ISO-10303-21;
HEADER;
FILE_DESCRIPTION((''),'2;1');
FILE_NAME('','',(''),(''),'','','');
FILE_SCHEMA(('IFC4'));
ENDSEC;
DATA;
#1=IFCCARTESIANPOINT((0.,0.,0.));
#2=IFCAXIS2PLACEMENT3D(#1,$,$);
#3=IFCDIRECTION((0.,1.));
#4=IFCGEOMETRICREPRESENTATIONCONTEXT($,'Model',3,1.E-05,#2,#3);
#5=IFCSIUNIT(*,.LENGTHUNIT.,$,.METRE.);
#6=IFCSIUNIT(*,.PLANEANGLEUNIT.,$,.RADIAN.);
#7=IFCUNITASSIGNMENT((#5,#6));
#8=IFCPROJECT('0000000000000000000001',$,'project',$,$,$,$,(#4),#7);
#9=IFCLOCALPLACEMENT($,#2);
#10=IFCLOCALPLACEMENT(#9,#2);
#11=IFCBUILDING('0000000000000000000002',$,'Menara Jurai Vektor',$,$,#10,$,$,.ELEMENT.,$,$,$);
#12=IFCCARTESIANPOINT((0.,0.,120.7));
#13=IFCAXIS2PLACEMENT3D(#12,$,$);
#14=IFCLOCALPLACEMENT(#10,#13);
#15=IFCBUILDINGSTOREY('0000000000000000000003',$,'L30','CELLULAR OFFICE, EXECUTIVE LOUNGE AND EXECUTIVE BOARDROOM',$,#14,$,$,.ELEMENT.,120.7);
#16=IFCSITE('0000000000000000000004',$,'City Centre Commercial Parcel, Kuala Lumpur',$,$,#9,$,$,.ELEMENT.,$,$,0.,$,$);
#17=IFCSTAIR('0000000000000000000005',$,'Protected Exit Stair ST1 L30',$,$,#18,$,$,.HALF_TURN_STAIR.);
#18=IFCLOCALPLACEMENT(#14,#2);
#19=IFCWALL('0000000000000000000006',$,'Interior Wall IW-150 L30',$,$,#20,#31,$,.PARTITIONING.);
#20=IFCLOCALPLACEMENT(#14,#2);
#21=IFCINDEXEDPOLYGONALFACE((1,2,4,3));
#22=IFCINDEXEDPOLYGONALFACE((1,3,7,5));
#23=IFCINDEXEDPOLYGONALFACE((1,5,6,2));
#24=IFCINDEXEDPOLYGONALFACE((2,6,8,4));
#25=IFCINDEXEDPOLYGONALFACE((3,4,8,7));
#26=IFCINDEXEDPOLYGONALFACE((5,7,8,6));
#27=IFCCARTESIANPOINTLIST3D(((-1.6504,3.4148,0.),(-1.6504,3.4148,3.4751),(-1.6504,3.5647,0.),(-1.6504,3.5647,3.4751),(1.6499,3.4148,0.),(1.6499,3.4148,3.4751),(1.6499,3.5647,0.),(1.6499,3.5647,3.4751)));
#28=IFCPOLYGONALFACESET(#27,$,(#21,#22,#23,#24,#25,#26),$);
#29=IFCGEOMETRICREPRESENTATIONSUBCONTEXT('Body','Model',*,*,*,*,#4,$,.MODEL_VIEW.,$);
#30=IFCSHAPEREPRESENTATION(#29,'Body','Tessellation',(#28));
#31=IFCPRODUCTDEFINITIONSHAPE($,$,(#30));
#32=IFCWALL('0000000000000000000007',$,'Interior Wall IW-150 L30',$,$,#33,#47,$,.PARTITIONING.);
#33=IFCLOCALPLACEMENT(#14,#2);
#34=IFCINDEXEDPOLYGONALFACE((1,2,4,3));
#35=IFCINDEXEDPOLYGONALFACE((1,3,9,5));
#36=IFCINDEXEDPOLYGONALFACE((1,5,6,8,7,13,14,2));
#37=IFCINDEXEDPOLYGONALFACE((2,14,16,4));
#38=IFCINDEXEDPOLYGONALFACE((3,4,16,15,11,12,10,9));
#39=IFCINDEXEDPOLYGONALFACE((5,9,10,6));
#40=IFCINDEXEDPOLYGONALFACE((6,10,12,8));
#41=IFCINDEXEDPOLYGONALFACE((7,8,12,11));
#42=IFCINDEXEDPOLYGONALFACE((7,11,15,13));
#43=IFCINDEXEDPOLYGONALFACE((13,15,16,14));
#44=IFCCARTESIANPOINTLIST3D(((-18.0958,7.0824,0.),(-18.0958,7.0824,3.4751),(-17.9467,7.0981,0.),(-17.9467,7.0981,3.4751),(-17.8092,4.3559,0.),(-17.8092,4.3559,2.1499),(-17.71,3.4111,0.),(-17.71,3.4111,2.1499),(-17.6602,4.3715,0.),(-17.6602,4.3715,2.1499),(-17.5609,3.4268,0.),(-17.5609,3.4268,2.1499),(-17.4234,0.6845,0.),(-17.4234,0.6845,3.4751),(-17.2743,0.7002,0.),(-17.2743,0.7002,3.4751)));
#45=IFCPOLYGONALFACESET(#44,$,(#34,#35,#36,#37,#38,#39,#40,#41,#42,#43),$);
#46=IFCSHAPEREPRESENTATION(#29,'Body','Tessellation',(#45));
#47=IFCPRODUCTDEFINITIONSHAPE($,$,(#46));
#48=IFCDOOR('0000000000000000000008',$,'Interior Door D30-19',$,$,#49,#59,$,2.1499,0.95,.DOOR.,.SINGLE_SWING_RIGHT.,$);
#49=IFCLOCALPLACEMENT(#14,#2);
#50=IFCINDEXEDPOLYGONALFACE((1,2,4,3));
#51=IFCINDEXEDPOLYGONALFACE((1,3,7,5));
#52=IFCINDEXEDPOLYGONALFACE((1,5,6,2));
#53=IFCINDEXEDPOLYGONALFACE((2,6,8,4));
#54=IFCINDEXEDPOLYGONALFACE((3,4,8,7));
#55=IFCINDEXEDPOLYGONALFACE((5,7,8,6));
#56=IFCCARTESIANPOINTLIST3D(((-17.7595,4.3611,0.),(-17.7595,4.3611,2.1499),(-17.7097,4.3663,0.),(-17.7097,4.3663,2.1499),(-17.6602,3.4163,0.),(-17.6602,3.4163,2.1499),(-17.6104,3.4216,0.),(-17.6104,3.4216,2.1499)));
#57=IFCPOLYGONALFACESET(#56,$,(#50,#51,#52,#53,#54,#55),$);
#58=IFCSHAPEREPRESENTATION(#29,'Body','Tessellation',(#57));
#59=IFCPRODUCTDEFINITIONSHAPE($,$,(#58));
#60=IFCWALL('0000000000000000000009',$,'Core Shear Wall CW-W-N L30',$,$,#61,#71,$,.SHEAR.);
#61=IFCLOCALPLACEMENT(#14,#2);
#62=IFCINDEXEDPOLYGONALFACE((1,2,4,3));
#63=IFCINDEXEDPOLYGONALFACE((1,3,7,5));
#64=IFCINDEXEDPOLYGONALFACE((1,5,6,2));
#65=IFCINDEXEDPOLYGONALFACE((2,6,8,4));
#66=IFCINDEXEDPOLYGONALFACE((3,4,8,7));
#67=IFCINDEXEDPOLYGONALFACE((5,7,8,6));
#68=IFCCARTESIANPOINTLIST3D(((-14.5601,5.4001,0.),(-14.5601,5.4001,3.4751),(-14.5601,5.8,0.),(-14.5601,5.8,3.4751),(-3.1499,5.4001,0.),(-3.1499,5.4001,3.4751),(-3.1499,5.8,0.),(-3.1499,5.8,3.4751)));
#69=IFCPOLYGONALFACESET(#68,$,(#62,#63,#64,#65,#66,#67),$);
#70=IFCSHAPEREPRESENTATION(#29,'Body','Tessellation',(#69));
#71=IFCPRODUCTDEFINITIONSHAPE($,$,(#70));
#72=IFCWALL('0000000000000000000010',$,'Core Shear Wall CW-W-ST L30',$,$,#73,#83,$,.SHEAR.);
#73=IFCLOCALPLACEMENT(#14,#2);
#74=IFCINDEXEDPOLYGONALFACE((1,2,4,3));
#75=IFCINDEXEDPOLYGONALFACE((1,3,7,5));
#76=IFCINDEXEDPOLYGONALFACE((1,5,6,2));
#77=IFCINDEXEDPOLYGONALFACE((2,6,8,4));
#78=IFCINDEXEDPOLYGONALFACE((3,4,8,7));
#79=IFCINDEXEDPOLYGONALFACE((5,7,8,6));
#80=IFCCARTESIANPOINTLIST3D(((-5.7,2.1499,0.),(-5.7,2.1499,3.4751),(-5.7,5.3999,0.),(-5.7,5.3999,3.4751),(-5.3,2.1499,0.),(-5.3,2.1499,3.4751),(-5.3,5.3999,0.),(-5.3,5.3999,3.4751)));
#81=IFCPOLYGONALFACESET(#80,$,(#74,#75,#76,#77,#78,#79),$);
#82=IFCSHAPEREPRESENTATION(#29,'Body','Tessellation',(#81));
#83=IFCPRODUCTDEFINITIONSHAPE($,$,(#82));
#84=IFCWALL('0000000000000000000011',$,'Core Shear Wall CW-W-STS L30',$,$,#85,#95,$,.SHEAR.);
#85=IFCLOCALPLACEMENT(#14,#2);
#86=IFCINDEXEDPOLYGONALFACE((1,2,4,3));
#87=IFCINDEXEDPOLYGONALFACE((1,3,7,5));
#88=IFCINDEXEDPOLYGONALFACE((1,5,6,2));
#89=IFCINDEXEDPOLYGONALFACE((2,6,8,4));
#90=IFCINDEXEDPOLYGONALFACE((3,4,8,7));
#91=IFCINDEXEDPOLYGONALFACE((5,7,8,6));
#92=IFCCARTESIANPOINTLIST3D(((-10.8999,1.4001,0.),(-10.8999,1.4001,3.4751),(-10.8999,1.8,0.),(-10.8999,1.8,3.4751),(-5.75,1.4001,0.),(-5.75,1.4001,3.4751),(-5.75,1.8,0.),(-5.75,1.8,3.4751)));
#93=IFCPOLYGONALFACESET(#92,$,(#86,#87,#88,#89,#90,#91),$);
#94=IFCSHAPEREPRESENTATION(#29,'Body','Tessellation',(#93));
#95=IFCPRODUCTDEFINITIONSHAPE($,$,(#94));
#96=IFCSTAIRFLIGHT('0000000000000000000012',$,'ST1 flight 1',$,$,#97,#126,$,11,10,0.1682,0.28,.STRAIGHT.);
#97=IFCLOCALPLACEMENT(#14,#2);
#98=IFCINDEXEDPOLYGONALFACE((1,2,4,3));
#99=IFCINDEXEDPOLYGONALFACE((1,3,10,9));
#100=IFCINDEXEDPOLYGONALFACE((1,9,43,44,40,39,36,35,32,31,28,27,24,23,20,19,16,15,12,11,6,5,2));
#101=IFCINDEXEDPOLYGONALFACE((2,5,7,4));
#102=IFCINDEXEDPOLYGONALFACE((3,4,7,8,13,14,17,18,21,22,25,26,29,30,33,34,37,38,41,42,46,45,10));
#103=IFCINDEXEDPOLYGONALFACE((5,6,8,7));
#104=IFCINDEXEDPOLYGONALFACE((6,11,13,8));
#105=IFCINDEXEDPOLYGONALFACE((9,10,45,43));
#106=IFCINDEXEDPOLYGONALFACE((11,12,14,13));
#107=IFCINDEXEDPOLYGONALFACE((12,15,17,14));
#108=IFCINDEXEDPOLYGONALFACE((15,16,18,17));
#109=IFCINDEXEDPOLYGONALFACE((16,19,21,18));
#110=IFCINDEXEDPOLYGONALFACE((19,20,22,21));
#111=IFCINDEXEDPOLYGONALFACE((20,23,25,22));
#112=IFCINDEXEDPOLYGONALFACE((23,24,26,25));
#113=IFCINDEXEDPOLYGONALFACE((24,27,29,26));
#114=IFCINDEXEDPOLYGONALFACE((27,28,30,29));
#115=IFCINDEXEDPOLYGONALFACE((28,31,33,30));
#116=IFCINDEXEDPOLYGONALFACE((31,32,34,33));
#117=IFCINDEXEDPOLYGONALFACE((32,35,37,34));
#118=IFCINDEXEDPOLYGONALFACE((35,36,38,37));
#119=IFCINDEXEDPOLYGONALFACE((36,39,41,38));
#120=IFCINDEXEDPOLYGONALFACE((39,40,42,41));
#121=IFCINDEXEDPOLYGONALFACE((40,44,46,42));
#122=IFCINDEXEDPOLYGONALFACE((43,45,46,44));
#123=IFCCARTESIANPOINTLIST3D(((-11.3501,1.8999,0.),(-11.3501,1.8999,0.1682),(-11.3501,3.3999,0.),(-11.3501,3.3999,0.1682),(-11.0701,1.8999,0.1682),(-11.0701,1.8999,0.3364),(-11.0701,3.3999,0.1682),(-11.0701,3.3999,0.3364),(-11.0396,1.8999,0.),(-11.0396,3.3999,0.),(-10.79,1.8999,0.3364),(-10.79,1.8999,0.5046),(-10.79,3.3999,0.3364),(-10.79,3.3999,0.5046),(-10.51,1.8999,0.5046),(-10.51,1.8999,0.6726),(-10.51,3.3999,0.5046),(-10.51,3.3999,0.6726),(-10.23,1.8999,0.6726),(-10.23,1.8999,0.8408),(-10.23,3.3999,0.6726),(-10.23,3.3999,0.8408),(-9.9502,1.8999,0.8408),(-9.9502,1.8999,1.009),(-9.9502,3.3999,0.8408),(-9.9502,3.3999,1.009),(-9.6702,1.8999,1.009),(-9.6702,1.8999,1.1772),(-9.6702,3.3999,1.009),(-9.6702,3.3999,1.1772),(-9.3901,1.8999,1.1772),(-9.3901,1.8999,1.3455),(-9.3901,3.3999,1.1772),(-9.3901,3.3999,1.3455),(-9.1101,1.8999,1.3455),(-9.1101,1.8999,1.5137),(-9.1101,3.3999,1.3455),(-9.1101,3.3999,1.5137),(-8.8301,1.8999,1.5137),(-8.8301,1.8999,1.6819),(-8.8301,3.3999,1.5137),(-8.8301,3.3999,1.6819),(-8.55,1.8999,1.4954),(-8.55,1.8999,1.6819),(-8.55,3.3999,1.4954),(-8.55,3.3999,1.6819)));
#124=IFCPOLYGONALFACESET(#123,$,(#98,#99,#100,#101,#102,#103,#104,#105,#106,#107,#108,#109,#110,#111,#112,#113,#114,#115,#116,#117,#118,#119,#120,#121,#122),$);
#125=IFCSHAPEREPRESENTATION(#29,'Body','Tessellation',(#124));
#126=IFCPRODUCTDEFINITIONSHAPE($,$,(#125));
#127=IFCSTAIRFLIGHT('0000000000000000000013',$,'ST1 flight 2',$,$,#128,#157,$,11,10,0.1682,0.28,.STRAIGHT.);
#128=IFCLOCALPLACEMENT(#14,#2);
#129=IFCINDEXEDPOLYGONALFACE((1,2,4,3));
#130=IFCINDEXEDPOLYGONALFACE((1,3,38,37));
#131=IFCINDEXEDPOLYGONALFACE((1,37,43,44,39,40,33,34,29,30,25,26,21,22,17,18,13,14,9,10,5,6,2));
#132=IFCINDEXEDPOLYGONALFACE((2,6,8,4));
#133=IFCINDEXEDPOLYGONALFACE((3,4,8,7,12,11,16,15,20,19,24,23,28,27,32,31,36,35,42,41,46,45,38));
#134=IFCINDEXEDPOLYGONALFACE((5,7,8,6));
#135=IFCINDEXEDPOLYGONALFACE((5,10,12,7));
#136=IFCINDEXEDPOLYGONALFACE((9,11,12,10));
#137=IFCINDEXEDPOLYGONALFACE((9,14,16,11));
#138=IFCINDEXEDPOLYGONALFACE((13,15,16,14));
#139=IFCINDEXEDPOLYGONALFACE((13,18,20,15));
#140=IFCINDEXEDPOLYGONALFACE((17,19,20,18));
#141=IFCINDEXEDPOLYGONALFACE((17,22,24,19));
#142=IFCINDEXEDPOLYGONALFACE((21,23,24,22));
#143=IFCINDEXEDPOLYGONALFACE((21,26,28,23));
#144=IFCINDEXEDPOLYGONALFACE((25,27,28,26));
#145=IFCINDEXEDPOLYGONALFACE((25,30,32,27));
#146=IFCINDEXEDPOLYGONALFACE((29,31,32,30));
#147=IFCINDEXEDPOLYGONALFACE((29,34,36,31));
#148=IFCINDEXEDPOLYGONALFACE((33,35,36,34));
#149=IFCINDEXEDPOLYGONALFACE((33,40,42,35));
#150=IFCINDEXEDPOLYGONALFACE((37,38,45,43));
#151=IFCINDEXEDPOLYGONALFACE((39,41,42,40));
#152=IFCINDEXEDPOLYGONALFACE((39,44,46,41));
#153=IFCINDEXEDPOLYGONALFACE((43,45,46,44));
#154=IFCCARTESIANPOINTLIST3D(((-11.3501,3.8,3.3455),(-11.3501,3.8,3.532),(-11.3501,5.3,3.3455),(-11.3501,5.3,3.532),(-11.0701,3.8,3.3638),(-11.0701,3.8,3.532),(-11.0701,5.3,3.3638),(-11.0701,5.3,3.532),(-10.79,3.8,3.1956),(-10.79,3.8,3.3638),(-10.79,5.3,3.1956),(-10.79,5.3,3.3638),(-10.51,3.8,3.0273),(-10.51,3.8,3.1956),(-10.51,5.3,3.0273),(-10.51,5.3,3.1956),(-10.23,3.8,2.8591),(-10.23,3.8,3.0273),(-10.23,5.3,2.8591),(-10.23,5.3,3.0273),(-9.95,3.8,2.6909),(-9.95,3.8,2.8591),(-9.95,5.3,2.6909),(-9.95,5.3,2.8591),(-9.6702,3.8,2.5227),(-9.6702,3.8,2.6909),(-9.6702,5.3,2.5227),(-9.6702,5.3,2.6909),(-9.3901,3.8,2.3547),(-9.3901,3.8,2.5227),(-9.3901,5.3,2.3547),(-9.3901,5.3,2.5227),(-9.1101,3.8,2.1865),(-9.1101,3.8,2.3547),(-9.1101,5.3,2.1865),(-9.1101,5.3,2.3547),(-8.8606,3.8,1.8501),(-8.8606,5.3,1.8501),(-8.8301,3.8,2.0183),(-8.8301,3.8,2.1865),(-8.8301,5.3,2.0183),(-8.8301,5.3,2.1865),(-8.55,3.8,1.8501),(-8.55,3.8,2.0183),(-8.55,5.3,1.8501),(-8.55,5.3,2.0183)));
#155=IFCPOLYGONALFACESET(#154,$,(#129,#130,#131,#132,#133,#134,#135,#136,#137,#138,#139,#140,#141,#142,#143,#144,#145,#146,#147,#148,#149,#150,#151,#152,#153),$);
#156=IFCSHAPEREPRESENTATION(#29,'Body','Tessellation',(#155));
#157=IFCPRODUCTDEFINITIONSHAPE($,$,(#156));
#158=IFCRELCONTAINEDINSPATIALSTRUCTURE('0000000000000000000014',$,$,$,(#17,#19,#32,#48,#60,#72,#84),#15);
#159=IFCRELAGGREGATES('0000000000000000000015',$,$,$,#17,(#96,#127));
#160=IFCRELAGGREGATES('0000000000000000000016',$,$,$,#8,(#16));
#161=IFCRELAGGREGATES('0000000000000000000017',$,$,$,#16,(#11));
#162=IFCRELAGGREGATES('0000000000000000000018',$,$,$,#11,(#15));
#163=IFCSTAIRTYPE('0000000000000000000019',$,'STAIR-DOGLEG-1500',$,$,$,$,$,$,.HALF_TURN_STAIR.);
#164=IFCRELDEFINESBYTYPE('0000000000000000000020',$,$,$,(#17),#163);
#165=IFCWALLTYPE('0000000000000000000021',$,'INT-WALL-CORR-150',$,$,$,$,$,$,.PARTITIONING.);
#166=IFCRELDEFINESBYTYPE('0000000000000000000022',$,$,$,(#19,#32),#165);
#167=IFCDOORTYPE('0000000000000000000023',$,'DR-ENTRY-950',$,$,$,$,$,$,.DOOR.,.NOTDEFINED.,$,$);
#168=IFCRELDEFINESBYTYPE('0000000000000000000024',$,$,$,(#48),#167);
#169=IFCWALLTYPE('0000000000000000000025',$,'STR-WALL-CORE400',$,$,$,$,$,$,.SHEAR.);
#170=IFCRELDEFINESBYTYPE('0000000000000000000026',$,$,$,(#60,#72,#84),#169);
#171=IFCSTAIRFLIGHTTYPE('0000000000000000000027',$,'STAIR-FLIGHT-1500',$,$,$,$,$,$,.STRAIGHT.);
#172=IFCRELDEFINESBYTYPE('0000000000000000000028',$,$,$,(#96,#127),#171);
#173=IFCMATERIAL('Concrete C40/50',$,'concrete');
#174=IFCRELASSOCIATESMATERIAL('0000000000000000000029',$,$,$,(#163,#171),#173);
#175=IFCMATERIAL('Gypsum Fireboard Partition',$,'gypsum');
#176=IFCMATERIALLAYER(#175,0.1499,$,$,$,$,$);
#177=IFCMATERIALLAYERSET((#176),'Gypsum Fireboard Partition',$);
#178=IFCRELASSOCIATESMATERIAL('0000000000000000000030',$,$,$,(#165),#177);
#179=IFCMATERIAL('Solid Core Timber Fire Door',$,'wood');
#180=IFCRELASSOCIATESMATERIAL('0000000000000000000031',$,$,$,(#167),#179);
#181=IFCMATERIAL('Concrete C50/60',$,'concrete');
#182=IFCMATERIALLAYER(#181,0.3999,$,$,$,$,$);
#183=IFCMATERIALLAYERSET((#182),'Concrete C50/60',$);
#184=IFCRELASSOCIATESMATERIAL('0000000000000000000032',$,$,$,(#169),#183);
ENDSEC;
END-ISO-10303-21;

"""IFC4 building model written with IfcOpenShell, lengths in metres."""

from ifc_helpers import new_model, si_unit, direction, frame, frame_2d, origin, place, context, subcontext, project, spatial, polyline, rectangle, outline, extrude, material, layer, layer_set, type_object, element, fill, aggregate, save


model = new_model("IFC4")

# Units and contexts
model_context = context("Model", 3, precision=1e-05, world=origin(), true_north=direction((0.0, 1.0)))
body_context = subcontext(model_context, "Body", "Model", "MODEL_VIEW")
ifc_project = project(units=[si_unit("LENGTHUNIT", "METRE"), si_unit("PLANEANGLEUNIT", "RADIAN")], contexts=[model_context])

# Site, building, storey
site_placement = place(None, origin())
site = spatial("IfcSite", under=ifc_project, at=site_placement, Name="City Centre Commercial Parcel, Kuala Lumpur", CompositionType="ELEMENT", RefElevation=0.0)
building_placement = place(site_placement, origin())
building = spatial("IfcBuilding", under=site, at=building_placement, Name="Menara Jurai Vektor", CompositionType="ELEMENT")
storey_placement = place(building_placement, frame((0.0, 0.0, 120.7)))
storey = spatial("IfcBuildingStorey", under=building, at=storey_placement, Name="L30", Description="CELLULAR OFFICE, EXECUTIVE LOUNGE AND EXECUTIVE BOARDROOM", CompositionType="ELEMENT", Elevation=120.7)

# Shared definitions
ifc_material_1 = material(Name="Concrete C50/60", Category="concrete")

# Stair
ifc_material_2 = material(Name="Concrete C40/50", Category="concrete")
stair_type = type_object("IfcStairType", Name="STAIR-DOGLEG-1500", PredefinedType="HALF_TURN_STAIR", material=ifc_material_2)
stair_1_placement = place(storey_placement, origin())
stair_1 = element("IfcStair", 1, at=stair_1_placement, inside=storey, type_object=stair_type, Name="Protected Exit Stair ST1 L30", PredefinedType="HALF_TURN_STAIR")

# Wall
ifc_material_3 = material(Name="Gypsum Fireboard Partition", Category="gypsum")
ifc_layer_1 = layer(ifc_material_3, 0.1499)
ifc_layer_set_1 = layer_set([ifc_layer_1], Name="Gypsum Fireboard Partition")
wall_type_1 = type_object("IfcWallType", Name="INT-WALL-CORR-150", PredefinedType="PARTITIONING", material=ifc_layer_set_1)
wall_1_placement = place(storey_placement, frame((-1.6504, 3.4897, 0.0), z_axis=(0.0, 0.0, 1.0), x_axis=(1.0, 0.0, 0.0)))
element("IfcWall", 2, at=wall_1_placement, inside=storey, type_object=wall_type_1, Name="Interior Wall IW-150 L30", PredefinedType="PARTITIONING", context=body_context, shape_type="SweptSolid", body=[
    extrude(rectangle(XDim=3.3003, YDim=0.1499, at=frame_2d((1.6501, 0.0))), origin(), (0.0, 0.0, 1.0), 3.4751),
])

# Wall, opening, door
wall_2_placement = place(storey_placement, frame((-17.3489, 0.6924, 0.0), z_axis=(0.0, 0.0, 1.0), x_axis=(-0.104515, 0.994523, 0.0)))
wall_2 = element("IfcWall", 3, at=wall_2_placement, inside=storey, type_object=wall_type_1, Name="Interior Wall IW-150 L30", PredefinedType="PARTITIONING", context=body_context, shape_type="SweptSolid", body=[
    extrude(rectangle(XDim=6.4331, YDim=0.1499, at=frame_2d((3.2166, 0.0))), origin(), (0.0, 0.0, 1.0), 3.4751),
])
opening_1_placement = place(wall_2_placement, frame((2.7415, 0.0, 0.0)))
opening_1 = element("IfcOpeningElement", 4, at=opening_1_placement, cuts=wall_2, PredefinedType="OPENING", context=body_context, shape_type="SweptSolid", body=[
    extrude(rectangle(XDim=0.95, YDim=2.1499, at=frame_2d((0.4751, 1.075))), frame((0.0, 0.085, 0.0), z_axis=(0.0, -1.0, 0.0), x_axis=(1.0, 0.0, 0.0)), (0.0, 0.0, 1.0), 0.1699),
])
ifc_material_4 = material(Name="Solid Core Timber Fire Door", Category="wood")
door_type_1 = type_object("IfcDoorType", Name="DR-ENTRY-950", OperationType="NOTDEFINED", PredefinedType="DOOR", material=ifc_material_4)
door_1_placement = place(opening_1_placement, origin())
door_1 = element("IfcDoor", 5, at=door_1_placement, inside=storey, type_object=door_type_1, Name="Interior Door D30-19", OperationType="SINGLE_SWING_RIGHT", OverallHeight=2.1499, OverallWidth=0.95, PredefinedType="DOOR", context=body_context, shape_type="SweptSolid", body=[
    extrude(rectangle(XDim=0.95, YDim=2.1499, at=frame_2d((0.4751, 1.075))), frame((0.0, 0.0249, 0.0), z_axis=(0.0, -1.0, 0.0), x_axis=(1.0, 0.0, 0.0)), (0.0, 0.0, 1.0), 0.05),
])
fill(opening_1, door_1)

# Walls
ifc_layer_2 = layer(ifc_material_1, 0.3999)
ifc_layer_set_2 = layer_set([ifc_layer_2], Name="Concrete C50/60")
wall_type_2 = type_object("IfcWallType", Name="STR-WALL-CORE400", PredefinedType="SHEAR", material=ifc_layer_set_2)
wall_3_placement = place(storey_placement, frame((-14.5601, 5.6001, 0.0), z_axis=(0.0, 0.0, 1.0), x_axis=(1.0, 0.0, 0.0)))
element("IfcWall", 6, at=wall_3_placement, inside=storey, type_object=wall_type_2, Name="Core Shear Wall CW-W-N L30", PredefinedType="SHEAR", context=body_context, shape_type="SweptSolid", body=[
    extrude(rectangle(XDim=11.4102, YDim=0.3999, at=frame_2d((5.7051, 0.0))), origin(), (0.0, 0.0, 1.0), 3.4751),
])
wall_4_placement = place(storey_placement, frame((-5.5, 2.1499, 0.0), z_axis=(0.0, 0.0, 1.0), x_axis=(0.0, 1.0, 0.0)))
element("IfcWall", 7, at=wall_4_placement, inside=storey, type_object=wall_type_2, Name="Core Shear Wall CW-W-ST L30", PredefinedType="SHEAR", context=body_context, shape_type="SweptSolid", body=[
    extrude(rectangle(XDim=3.25, YDim=0.3999, at=frame_2d((1.625, 0.0))), origin(), (0.0, 0.0, 1.0), 3.4751),
])
wall_5_placement = place(storey_placement, frame((-10.8999, 1.6001, 0.0), z_axis=(0.0, 0.0, 1.0), x_axis=(1.0, 0.0, 0.0)))
element("IfcWall", 8, at=wall_5_placement, inside=storey, type_object=wall_type_2, Name="Core Shear Wall CW-W-STS L30", PredefinedType="SHEAR", context=body_context, shape_type="SweptSolid", body=[
    extrude(rectangle(XDim=5.1499, YDim=0.3999, at=frame_2d((2.575, 0.0))), origin(), (0.0, 0.0, 1.0), 3.4751),
])

# Stair flights
stair_flight_type = type_object("IfcStairFlightType", Name="STAIR-FLIGHT-1500", PredefinedType="STRAIGHT", material=ifc_material_2)
stair_flight_1_placement = place(storey_placement, frame((-11.3501, 2.6499, 0.0), z_axis=(0.0, 0.0, 1.0), x_axis=(1.0, 0.0, 0.0)))
stair_flight_1 = element("IfcStairFlight", 9, at=stair_flight_1_placement, type_object=stair_flight_type, Name="ST1 flight 1", NumberOfRisers=11, NumberOfTreads=10, PredefinedType="STRAIGHT", RiserHeight=0.1682, TreadLength=0.28, context=body_context, shape_type="SweptSolid", body=[
    extrude(outline(polyline([(0.0, 0.0), (0.0, 0.1682), (0.28, 0.1682), (0.28, 0.3364), (0.5601, 0.3364), (0.5601, 0.5046), (0.8401, 0.5046), (0.8401, 0.6726), (1.1201, 0.6726), (1.1201, 0.8408), (1.3999, 0.8408), (1.3999, 1.009), (1.6799, 1.009), (1.6799, 1.1772), (1.96, 1.1772), (1.96, 1.3455), (2.24, 1.3455), (2.24, 1.5137), (2.52, 1.5137), (2.52, 1.6819), (2.8, 1.6819), (2.8, 1.8501), (2.8, 1.4954), (0.3105, 0.0), (0.0, 0.0)])), frame((0.0, 0.75, 0.0), z_axis=(0.0, -1.0, 0.0), x_axis=(1.0, 0.0, 0.0)), (0.0, 0.0, 1.0), 1.5),
])
stair_flight_2_placement = place(storey_placement, frame((-8.55, 4.55, 1.8501), z_axis=(0.0, 0.0, 1.0), x_axis=(-1.0, 0.0, 0.0)))
stair_flight_2 = element("IfcStairFlight", 10, at=stair_flight_2_placement, type_object=stair_flight_type, Name="ST1 flight 2", NumberOfRisers=11, NumberOfTreads=10, PredefinedType="STRAIGHT", RiserHeight=0.1682, TreadLength=0.28, context=body_context, shape_type="SweptSolid", body=[
    extrude(outline(polyline([(0.0, 0.0), (0.0, 0.1682), (0.28, 0.1682), (0.28, 0.3364), (0.5601, 0.3364), (0.5601, 0.5046), (0.8401, 0.5046), (0.8401, 0.6726), (1.1201, 0.6726), (1.1201, 0.8408), (1.3999, 0.8408), (1.3999, 1.009), (1.6799, 1.009), (1.6799, 1.1772), (1.96, 1.1772), (1.96, 1.3455), (2.24, 1.3455), (2.24, 1.5137), (2.52, 1.5137), (2.52, 1.6819), (2.8, 1.6819), (2.8, 1.8501), (2.8, 1.4954), (0.3105, 0.0), (0.0, 0.0)])), frame((0.0, 0.75, 0.0), z_axis=(0.0, -1.0, 0.0), x_axis=(1.0, 0.0, 0.0)), (0.0, 0.0, 1.0), 1.5),
])
aggregate(stair_1, [stair_flight_1, stair_flight_2])

save(model, "model.ifc")
